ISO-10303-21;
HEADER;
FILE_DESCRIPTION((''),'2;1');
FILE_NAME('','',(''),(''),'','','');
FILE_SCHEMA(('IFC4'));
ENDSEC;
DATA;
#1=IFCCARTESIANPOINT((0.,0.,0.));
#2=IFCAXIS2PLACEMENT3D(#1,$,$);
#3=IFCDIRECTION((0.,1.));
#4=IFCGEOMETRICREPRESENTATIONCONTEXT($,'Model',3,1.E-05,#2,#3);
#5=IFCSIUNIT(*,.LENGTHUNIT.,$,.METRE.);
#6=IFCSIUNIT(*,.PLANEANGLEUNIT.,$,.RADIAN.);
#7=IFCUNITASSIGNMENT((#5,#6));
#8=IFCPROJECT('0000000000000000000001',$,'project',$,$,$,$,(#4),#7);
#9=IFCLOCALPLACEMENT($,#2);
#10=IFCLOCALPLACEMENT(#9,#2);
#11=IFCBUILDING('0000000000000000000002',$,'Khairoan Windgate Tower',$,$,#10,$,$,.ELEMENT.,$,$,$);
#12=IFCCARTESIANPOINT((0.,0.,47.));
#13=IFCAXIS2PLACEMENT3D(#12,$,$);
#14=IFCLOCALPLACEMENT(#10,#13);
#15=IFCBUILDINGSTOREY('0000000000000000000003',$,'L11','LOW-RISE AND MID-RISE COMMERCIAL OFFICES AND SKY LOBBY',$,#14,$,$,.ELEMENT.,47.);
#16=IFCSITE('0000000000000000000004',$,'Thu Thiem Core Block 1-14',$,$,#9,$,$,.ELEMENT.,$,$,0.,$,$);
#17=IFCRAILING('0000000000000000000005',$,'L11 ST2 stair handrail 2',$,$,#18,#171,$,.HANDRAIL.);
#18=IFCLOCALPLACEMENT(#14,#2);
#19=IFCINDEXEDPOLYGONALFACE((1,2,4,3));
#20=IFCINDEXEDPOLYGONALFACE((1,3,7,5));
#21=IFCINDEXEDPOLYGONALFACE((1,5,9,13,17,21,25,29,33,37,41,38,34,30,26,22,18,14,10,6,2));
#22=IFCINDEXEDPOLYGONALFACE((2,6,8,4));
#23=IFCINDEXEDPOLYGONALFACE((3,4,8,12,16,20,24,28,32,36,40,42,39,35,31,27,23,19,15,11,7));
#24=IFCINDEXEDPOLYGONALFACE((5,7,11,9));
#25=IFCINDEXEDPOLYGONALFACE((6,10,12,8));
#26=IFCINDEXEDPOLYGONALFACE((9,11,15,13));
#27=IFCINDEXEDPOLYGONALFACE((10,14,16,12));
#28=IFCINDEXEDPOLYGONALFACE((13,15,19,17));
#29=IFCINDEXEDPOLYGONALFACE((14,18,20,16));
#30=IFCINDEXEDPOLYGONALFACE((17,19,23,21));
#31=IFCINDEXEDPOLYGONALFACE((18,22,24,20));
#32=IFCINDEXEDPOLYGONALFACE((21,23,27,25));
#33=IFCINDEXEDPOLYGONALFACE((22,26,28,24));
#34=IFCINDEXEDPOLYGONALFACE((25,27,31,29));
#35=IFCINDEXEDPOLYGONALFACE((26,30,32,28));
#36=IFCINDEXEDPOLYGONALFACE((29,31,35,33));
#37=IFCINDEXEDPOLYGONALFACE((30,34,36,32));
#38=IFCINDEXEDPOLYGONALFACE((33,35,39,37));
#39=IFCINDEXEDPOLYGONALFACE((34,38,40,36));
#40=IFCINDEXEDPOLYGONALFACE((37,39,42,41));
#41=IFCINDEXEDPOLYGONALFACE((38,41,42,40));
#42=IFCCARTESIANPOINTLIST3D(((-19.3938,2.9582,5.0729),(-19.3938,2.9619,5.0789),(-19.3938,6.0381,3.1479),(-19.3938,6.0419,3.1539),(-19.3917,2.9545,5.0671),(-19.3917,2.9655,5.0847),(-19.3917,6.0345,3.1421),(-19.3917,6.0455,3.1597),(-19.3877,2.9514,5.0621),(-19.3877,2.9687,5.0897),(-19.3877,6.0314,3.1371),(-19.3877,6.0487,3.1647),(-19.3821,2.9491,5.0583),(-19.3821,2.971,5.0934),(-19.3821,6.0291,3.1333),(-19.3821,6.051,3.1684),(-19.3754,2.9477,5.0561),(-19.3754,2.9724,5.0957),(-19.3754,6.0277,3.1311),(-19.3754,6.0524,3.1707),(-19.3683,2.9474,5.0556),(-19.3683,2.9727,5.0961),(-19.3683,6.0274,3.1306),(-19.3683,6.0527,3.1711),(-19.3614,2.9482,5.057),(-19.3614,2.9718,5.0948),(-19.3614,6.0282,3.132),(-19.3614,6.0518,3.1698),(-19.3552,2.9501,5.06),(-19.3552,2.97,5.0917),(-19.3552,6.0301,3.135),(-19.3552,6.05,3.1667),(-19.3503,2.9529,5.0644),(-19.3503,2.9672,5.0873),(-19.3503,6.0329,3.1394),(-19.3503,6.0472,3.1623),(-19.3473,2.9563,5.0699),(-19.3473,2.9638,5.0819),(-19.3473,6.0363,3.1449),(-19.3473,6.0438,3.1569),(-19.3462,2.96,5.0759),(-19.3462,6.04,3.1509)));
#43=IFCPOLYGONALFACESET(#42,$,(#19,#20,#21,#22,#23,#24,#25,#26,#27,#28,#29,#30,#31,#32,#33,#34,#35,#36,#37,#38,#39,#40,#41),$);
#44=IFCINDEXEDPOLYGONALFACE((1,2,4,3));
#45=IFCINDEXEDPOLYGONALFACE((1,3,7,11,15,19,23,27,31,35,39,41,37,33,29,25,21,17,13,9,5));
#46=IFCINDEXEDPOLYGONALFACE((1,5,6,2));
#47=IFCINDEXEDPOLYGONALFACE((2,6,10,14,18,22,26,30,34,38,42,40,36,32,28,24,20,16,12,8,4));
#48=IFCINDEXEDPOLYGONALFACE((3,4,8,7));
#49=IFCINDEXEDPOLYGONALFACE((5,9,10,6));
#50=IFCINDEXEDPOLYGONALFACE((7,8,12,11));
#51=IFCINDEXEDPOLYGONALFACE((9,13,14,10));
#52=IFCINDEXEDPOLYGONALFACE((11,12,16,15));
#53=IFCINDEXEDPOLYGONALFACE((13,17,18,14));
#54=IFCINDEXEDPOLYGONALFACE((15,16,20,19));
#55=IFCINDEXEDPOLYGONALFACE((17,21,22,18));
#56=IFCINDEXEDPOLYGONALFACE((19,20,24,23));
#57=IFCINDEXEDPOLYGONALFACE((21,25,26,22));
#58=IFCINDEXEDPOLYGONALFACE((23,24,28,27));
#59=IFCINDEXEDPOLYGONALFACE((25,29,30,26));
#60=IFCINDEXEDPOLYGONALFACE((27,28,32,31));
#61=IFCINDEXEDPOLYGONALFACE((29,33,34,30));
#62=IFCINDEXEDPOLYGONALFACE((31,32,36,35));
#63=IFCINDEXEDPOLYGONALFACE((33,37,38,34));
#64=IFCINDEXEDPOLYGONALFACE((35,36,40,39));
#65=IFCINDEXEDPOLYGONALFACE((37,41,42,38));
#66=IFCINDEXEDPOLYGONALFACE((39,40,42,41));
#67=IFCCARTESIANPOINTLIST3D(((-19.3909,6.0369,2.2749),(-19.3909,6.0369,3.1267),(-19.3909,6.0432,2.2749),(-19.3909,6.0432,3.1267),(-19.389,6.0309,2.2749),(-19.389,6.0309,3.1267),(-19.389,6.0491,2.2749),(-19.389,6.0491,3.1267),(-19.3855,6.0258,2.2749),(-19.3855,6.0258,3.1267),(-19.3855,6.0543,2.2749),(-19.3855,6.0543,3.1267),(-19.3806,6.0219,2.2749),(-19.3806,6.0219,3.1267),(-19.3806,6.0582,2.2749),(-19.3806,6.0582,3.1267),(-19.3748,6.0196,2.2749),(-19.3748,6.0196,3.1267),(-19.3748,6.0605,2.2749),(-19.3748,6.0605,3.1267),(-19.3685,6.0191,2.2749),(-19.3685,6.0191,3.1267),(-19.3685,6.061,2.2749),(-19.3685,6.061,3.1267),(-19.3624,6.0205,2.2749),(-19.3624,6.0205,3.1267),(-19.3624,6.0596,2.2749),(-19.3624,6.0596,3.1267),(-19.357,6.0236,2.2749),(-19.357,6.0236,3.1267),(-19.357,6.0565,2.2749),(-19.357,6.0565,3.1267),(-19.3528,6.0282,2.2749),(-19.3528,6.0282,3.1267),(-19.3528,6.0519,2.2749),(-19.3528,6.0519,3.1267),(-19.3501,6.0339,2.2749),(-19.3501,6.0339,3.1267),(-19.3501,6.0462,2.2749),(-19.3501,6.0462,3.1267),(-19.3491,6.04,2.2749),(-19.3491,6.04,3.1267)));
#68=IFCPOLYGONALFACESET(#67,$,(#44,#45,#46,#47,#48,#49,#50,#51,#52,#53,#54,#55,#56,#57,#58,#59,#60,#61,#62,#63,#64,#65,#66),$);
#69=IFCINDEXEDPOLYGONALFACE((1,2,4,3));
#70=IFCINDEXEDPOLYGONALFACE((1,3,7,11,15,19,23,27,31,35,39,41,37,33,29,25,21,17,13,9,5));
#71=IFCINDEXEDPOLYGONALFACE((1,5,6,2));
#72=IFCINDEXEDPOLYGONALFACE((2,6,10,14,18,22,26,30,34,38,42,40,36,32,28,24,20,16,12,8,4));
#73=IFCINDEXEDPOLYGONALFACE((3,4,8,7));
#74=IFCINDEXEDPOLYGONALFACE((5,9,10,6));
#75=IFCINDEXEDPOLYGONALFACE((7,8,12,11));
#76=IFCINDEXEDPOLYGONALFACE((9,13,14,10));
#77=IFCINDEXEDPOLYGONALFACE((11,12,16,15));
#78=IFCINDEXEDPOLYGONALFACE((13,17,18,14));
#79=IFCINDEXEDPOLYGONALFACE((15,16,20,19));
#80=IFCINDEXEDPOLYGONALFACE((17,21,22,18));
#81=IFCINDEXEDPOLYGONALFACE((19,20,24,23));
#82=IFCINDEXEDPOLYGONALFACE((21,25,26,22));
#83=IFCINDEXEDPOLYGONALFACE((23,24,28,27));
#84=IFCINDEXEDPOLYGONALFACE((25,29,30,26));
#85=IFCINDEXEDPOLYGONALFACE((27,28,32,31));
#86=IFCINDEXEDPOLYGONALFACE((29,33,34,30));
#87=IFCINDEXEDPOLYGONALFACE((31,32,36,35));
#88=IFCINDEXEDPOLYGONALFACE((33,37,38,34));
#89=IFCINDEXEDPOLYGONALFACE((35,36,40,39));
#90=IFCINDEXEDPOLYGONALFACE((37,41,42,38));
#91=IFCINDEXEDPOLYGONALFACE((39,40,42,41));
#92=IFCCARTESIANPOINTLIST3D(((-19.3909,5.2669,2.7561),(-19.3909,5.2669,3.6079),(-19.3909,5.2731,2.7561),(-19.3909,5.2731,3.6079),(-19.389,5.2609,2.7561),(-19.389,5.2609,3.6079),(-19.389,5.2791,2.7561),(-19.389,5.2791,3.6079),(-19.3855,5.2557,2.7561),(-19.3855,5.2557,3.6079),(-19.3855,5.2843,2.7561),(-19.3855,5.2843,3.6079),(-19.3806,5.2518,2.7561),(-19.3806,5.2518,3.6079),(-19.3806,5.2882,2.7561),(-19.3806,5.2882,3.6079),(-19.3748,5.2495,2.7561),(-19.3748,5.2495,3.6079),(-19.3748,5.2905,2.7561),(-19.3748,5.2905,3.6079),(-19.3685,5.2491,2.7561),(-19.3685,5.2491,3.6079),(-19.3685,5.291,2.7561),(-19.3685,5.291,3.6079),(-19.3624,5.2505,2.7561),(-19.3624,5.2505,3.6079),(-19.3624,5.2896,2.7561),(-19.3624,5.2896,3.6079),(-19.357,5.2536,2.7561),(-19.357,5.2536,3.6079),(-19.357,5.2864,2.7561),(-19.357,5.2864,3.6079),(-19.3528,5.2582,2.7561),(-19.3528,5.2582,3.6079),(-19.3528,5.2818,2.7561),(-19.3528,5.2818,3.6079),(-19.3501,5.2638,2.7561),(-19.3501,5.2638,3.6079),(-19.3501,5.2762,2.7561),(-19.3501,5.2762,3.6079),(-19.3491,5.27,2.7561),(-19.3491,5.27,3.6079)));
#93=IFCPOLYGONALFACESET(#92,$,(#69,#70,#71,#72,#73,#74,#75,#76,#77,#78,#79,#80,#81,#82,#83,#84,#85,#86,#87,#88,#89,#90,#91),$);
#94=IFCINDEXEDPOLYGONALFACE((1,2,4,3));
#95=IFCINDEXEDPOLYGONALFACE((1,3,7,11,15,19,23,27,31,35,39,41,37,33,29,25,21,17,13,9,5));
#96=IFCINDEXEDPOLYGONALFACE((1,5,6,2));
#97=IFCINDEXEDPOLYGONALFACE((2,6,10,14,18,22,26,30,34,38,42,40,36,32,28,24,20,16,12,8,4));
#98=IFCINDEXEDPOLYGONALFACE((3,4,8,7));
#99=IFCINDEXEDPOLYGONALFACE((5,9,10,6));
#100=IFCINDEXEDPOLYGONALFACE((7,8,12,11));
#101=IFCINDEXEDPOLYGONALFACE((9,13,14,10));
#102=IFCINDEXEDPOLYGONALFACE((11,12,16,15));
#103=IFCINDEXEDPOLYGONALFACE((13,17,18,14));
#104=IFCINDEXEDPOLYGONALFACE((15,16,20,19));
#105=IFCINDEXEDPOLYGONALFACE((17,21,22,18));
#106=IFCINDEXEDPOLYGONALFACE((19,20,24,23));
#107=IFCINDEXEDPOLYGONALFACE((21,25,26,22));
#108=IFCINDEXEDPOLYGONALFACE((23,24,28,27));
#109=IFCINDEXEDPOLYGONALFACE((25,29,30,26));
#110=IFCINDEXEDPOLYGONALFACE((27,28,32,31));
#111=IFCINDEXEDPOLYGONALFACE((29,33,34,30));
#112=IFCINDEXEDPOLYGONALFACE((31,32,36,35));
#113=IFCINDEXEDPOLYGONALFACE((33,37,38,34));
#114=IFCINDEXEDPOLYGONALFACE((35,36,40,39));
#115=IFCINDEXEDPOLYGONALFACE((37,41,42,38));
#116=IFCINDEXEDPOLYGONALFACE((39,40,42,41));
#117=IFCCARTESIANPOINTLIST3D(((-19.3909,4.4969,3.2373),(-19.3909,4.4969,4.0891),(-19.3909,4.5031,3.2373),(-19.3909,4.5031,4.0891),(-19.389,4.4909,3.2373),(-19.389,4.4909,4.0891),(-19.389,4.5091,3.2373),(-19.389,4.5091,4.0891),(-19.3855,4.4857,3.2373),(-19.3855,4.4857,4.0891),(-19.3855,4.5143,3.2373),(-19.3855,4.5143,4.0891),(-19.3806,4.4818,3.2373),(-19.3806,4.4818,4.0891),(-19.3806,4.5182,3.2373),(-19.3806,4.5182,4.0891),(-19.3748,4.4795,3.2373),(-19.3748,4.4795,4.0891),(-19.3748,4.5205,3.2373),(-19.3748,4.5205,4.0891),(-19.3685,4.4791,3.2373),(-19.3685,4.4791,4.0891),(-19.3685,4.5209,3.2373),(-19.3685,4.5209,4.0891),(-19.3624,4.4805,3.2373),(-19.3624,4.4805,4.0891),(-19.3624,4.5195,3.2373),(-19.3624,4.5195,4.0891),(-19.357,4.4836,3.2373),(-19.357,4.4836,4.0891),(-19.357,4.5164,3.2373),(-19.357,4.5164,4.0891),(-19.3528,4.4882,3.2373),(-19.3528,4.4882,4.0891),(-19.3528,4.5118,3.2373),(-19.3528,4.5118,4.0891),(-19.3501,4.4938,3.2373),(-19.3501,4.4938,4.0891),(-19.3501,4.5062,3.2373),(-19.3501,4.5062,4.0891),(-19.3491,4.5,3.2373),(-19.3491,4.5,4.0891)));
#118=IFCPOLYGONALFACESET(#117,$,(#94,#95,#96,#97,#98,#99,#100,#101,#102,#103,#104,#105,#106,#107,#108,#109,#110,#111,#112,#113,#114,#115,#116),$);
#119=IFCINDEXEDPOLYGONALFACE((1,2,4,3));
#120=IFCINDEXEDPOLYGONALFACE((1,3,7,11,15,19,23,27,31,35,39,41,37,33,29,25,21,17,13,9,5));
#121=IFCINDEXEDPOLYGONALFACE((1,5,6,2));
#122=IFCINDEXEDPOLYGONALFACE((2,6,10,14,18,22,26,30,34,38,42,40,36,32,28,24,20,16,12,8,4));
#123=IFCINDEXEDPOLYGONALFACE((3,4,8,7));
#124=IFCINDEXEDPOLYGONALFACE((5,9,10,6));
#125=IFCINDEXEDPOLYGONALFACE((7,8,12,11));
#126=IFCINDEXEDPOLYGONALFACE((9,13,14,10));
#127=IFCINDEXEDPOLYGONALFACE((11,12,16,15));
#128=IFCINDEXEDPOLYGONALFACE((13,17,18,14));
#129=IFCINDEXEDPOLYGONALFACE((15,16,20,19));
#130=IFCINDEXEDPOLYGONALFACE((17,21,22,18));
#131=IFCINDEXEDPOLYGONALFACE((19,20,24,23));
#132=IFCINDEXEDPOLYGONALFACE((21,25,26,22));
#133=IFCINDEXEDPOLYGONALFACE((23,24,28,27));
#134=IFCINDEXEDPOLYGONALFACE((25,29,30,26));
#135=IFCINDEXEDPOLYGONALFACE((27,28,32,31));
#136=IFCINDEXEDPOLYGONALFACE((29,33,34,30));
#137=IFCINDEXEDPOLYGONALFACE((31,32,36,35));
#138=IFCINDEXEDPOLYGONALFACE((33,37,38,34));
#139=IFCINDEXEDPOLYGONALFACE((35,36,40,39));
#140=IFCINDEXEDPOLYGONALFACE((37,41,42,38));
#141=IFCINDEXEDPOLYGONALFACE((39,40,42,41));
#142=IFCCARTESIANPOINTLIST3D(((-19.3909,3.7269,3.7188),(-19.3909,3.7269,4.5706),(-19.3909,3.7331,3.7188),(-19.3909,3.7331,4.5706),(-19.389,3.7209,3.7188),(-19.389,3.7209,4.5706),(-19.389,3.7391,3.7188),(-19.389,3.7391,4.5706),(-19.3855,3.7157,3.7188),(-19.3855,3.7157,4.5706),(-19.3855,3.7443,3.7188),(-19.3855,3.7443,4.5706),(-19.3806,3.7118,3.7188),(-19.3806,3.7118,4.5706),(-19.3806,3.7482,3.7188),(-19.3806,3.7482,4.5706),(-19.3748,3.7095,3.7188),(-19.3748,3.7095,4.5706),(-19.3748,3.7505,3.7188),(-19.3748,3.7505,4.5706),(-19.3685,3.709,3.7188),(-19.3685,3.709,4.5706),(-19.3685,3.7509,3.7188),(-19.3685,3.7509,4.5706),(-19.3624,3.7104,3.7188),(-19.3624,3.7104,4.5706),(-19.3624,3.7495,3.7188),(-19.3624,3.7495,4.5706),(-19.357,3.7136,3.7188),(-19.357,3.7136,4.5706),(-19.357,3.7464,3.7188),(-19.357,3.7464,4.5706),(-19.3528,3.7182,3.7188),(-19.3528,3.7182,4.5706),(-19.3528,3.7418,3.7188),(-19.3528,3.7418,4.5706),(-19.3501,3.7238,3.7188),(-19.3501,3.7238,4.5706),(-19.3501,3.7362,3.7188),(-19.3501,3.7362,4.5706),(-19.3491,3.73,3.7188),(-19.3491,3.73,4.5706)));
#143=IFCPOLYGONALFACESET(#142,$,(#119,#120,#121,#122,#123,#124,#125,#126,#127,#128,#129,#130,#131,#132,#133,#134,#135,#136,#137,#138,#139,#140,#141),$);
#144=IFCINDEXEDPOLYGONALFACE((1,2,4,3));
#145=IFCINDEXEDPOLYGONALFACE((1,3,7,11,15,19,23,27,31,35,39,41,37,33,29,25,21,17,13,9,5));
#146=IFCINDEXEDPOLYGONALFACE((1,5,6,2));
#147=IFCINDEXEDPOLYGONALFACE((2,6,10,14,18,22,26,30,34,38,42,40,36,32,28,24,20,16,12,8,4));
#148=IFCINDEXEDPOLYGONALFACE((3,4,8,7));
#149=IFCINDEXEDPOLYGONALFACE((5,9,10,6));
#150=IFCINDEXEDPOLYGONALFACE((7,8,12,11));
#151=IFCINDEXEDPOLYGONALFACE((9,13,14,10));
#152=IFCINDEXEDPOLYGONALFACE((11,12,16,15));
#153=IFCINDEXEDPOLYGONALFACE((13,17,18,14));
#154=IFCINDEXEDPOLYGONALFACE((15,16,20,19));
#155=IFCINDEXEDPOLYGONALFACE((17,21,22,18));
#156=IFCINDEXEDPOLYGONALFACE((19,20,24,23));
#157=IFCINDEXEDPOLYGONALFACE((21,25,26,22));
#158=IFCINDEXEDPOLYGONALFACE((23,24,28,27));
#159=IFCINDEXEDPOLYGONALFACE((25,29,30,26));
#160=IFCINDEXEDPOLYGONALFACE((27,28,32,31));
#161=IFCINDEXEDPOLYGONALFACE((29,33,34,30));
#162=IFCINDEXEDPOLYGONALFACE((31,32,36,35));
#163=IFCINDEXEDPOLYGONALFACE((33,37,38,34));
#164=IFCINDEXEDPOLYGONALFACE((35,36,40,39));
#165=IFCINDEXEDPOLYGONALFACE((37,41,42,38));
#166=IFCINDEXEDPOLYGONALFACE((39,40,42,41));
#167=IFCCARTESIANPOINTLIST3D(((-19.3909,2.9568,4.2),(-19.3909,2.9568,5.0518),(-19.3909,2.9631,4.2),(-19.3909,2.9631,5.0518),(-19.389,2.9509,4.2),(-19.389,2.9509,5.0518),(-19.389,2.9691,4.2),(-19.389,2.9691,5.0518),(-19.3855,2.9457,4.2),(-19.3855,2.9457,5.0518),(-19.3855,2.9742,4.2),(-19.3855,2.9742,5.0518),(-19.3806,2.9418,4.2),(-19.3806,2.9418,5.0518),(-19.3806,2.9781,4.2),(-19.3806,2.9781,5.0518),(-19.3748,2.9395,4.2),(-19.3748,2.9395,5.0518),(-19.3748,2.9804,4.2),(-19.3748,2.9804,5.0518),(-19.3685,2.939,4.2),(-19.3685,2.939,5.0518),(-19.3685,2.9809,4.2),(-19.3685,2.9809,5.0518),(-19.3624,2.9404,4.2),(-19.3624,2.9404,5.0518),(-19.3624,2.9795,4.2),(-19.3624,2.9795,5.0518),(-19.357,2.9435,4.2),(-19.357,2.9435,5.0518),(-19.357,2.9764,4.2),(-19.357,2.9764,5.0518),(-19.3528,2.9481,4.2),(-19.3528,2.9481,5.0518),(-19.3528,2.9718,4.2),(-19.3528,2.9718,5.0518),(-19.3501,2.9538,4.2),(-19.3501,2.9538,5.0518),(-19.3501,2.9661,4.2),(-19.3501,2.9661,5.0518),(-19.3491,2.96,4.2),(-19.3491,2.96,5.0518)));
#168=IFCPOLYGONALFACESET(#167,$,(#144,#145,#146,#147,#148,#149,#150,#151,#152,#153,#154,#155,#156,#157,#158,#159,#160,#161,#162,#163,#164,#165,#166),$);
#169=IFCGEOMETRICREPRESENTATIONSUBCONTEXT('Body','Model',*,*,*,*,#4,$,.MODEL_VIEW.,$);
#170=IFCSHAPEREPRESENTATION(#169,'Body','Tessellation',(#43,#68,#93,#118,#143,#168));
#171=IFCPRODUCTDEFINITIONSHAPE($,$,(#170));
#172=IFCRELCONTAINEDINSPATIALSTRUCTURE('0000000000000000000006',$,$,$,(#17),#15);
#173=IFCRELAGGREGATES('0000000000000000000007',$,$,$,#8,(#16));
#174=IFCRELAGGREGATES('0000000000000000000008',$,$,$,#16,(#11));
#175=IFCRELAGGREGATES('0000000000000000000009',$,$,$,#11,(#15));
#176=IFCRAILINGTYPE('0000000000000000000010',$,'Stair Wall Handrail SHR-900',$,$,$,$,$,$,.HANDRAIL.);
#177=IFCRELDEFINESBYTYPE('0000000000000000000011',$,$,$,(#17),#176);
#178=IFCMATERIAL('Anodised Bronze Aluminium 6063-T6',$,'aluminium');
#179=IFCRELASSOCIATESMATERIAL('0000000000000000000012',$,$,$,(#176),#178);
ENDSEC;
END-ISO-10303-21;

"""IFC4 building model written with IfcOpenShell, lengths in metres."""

from ifc_helpers import new_model, si_unit, direction, frame, origin, origin_2d, place, context, subcontext, project, spatial, circle, extrude, material, type_object, element, save


model = new_model("IFC4")

# Units and contexts
model_context = context("Model", 3, precision=1e-05, world=origin(), true_north=direction((0.0, 1.0)))
body_context = subcontext(model_context, "Body", "Model", "MODEL_VIEW")
ifc_project = project(units=[si_unit("LENGTHUNIT", "METRE"), si_unit("PLANEANGLEUNIT", "RADIAN")], contexts=[model_context])

# Site, building, storey
site_placement = place(None, origin())
site = spatial("IfcSite", under=ifc_project, at=site_placement, Name="Thu Thiem Core Block 1-14", CompositionType="ELEMENT", RefElevation=0.0)
building_placement = place(site_placement, origin())
building = spatial("IfcBuilding", under=site, at=building_placement, Name="Khairoan Windgate Tower", CompositionType="ELEMENT")
storey_placement = place(building_placement, frame((0.0, 0.0, 47.0)))
storey = spatial("IfcBuildingStorey", under=building, at=storey_placement, Name="L11", Description="LOW-RISE AND MID-RISE COMMERCIAL OFFICES AND SKY LOBBY", CompositionType="ELEMENT", Elevation=47.0)

# Railing
ifc_material_1 = material(Name="Anodised Bronze Aluminium 6063-T6", Category="aluminium")
railing_type_1 = type_object("IfcRailingType", Name="Stair Wall Handrail SHR-900", PredefinedType="HANDRAIL", material=ifc_material_1)
railing_1_placement = place(storey_placement, frame((-19.3701, 6.04, 2.2749)))
element("IfcRailing", 1, at=railing_1_placement, inside=storey, type_object=railing_type_1, Name="L11 ST2 stair handrail 2", PredefinedType="HANDRAIL", context=body_context, shape_type="SweptSolid", body=[
    extrude(circle(Radius=0.0239, at=origin_2d()), frame((0.0, 0.0, 0.876), z_axis=(0.0, -0.847998, 0.529999), x_axis=(1.0, 0.0, 0.0)), (0.0, 0.0, 1.0), 3.6321),
    extrude(circle(Radius=0.021, at=origin_2d()), origin(), (0.0, 0.0, 1.0), 0.8518),
    extrude(circle(Radius=0.021, at=origin_2d()), frame((0.0, -0.77, 0.4812)), (0.0, 0.0, 1.0), 0.8518),
    extrude(circle(Radius=0.021, at=origin_2d()), frame((0.0, -1.54, 0.9624)), (0.0, 0.0, 1.0), 0.8518),
    extrude(circle(Radius=0.021, at=origin_2d()), frame((0.0, -2.3101, 1.4438)), (0.0, 0.0, 1.0), 0.8518),
    extrude(circle(Radius=0.021, at=origin_2d()), frame((0.0, -3.0801, 1.925)), (0.0, 0.0, 1.0), 0.8518),
])

save(model, "model.ifc")
